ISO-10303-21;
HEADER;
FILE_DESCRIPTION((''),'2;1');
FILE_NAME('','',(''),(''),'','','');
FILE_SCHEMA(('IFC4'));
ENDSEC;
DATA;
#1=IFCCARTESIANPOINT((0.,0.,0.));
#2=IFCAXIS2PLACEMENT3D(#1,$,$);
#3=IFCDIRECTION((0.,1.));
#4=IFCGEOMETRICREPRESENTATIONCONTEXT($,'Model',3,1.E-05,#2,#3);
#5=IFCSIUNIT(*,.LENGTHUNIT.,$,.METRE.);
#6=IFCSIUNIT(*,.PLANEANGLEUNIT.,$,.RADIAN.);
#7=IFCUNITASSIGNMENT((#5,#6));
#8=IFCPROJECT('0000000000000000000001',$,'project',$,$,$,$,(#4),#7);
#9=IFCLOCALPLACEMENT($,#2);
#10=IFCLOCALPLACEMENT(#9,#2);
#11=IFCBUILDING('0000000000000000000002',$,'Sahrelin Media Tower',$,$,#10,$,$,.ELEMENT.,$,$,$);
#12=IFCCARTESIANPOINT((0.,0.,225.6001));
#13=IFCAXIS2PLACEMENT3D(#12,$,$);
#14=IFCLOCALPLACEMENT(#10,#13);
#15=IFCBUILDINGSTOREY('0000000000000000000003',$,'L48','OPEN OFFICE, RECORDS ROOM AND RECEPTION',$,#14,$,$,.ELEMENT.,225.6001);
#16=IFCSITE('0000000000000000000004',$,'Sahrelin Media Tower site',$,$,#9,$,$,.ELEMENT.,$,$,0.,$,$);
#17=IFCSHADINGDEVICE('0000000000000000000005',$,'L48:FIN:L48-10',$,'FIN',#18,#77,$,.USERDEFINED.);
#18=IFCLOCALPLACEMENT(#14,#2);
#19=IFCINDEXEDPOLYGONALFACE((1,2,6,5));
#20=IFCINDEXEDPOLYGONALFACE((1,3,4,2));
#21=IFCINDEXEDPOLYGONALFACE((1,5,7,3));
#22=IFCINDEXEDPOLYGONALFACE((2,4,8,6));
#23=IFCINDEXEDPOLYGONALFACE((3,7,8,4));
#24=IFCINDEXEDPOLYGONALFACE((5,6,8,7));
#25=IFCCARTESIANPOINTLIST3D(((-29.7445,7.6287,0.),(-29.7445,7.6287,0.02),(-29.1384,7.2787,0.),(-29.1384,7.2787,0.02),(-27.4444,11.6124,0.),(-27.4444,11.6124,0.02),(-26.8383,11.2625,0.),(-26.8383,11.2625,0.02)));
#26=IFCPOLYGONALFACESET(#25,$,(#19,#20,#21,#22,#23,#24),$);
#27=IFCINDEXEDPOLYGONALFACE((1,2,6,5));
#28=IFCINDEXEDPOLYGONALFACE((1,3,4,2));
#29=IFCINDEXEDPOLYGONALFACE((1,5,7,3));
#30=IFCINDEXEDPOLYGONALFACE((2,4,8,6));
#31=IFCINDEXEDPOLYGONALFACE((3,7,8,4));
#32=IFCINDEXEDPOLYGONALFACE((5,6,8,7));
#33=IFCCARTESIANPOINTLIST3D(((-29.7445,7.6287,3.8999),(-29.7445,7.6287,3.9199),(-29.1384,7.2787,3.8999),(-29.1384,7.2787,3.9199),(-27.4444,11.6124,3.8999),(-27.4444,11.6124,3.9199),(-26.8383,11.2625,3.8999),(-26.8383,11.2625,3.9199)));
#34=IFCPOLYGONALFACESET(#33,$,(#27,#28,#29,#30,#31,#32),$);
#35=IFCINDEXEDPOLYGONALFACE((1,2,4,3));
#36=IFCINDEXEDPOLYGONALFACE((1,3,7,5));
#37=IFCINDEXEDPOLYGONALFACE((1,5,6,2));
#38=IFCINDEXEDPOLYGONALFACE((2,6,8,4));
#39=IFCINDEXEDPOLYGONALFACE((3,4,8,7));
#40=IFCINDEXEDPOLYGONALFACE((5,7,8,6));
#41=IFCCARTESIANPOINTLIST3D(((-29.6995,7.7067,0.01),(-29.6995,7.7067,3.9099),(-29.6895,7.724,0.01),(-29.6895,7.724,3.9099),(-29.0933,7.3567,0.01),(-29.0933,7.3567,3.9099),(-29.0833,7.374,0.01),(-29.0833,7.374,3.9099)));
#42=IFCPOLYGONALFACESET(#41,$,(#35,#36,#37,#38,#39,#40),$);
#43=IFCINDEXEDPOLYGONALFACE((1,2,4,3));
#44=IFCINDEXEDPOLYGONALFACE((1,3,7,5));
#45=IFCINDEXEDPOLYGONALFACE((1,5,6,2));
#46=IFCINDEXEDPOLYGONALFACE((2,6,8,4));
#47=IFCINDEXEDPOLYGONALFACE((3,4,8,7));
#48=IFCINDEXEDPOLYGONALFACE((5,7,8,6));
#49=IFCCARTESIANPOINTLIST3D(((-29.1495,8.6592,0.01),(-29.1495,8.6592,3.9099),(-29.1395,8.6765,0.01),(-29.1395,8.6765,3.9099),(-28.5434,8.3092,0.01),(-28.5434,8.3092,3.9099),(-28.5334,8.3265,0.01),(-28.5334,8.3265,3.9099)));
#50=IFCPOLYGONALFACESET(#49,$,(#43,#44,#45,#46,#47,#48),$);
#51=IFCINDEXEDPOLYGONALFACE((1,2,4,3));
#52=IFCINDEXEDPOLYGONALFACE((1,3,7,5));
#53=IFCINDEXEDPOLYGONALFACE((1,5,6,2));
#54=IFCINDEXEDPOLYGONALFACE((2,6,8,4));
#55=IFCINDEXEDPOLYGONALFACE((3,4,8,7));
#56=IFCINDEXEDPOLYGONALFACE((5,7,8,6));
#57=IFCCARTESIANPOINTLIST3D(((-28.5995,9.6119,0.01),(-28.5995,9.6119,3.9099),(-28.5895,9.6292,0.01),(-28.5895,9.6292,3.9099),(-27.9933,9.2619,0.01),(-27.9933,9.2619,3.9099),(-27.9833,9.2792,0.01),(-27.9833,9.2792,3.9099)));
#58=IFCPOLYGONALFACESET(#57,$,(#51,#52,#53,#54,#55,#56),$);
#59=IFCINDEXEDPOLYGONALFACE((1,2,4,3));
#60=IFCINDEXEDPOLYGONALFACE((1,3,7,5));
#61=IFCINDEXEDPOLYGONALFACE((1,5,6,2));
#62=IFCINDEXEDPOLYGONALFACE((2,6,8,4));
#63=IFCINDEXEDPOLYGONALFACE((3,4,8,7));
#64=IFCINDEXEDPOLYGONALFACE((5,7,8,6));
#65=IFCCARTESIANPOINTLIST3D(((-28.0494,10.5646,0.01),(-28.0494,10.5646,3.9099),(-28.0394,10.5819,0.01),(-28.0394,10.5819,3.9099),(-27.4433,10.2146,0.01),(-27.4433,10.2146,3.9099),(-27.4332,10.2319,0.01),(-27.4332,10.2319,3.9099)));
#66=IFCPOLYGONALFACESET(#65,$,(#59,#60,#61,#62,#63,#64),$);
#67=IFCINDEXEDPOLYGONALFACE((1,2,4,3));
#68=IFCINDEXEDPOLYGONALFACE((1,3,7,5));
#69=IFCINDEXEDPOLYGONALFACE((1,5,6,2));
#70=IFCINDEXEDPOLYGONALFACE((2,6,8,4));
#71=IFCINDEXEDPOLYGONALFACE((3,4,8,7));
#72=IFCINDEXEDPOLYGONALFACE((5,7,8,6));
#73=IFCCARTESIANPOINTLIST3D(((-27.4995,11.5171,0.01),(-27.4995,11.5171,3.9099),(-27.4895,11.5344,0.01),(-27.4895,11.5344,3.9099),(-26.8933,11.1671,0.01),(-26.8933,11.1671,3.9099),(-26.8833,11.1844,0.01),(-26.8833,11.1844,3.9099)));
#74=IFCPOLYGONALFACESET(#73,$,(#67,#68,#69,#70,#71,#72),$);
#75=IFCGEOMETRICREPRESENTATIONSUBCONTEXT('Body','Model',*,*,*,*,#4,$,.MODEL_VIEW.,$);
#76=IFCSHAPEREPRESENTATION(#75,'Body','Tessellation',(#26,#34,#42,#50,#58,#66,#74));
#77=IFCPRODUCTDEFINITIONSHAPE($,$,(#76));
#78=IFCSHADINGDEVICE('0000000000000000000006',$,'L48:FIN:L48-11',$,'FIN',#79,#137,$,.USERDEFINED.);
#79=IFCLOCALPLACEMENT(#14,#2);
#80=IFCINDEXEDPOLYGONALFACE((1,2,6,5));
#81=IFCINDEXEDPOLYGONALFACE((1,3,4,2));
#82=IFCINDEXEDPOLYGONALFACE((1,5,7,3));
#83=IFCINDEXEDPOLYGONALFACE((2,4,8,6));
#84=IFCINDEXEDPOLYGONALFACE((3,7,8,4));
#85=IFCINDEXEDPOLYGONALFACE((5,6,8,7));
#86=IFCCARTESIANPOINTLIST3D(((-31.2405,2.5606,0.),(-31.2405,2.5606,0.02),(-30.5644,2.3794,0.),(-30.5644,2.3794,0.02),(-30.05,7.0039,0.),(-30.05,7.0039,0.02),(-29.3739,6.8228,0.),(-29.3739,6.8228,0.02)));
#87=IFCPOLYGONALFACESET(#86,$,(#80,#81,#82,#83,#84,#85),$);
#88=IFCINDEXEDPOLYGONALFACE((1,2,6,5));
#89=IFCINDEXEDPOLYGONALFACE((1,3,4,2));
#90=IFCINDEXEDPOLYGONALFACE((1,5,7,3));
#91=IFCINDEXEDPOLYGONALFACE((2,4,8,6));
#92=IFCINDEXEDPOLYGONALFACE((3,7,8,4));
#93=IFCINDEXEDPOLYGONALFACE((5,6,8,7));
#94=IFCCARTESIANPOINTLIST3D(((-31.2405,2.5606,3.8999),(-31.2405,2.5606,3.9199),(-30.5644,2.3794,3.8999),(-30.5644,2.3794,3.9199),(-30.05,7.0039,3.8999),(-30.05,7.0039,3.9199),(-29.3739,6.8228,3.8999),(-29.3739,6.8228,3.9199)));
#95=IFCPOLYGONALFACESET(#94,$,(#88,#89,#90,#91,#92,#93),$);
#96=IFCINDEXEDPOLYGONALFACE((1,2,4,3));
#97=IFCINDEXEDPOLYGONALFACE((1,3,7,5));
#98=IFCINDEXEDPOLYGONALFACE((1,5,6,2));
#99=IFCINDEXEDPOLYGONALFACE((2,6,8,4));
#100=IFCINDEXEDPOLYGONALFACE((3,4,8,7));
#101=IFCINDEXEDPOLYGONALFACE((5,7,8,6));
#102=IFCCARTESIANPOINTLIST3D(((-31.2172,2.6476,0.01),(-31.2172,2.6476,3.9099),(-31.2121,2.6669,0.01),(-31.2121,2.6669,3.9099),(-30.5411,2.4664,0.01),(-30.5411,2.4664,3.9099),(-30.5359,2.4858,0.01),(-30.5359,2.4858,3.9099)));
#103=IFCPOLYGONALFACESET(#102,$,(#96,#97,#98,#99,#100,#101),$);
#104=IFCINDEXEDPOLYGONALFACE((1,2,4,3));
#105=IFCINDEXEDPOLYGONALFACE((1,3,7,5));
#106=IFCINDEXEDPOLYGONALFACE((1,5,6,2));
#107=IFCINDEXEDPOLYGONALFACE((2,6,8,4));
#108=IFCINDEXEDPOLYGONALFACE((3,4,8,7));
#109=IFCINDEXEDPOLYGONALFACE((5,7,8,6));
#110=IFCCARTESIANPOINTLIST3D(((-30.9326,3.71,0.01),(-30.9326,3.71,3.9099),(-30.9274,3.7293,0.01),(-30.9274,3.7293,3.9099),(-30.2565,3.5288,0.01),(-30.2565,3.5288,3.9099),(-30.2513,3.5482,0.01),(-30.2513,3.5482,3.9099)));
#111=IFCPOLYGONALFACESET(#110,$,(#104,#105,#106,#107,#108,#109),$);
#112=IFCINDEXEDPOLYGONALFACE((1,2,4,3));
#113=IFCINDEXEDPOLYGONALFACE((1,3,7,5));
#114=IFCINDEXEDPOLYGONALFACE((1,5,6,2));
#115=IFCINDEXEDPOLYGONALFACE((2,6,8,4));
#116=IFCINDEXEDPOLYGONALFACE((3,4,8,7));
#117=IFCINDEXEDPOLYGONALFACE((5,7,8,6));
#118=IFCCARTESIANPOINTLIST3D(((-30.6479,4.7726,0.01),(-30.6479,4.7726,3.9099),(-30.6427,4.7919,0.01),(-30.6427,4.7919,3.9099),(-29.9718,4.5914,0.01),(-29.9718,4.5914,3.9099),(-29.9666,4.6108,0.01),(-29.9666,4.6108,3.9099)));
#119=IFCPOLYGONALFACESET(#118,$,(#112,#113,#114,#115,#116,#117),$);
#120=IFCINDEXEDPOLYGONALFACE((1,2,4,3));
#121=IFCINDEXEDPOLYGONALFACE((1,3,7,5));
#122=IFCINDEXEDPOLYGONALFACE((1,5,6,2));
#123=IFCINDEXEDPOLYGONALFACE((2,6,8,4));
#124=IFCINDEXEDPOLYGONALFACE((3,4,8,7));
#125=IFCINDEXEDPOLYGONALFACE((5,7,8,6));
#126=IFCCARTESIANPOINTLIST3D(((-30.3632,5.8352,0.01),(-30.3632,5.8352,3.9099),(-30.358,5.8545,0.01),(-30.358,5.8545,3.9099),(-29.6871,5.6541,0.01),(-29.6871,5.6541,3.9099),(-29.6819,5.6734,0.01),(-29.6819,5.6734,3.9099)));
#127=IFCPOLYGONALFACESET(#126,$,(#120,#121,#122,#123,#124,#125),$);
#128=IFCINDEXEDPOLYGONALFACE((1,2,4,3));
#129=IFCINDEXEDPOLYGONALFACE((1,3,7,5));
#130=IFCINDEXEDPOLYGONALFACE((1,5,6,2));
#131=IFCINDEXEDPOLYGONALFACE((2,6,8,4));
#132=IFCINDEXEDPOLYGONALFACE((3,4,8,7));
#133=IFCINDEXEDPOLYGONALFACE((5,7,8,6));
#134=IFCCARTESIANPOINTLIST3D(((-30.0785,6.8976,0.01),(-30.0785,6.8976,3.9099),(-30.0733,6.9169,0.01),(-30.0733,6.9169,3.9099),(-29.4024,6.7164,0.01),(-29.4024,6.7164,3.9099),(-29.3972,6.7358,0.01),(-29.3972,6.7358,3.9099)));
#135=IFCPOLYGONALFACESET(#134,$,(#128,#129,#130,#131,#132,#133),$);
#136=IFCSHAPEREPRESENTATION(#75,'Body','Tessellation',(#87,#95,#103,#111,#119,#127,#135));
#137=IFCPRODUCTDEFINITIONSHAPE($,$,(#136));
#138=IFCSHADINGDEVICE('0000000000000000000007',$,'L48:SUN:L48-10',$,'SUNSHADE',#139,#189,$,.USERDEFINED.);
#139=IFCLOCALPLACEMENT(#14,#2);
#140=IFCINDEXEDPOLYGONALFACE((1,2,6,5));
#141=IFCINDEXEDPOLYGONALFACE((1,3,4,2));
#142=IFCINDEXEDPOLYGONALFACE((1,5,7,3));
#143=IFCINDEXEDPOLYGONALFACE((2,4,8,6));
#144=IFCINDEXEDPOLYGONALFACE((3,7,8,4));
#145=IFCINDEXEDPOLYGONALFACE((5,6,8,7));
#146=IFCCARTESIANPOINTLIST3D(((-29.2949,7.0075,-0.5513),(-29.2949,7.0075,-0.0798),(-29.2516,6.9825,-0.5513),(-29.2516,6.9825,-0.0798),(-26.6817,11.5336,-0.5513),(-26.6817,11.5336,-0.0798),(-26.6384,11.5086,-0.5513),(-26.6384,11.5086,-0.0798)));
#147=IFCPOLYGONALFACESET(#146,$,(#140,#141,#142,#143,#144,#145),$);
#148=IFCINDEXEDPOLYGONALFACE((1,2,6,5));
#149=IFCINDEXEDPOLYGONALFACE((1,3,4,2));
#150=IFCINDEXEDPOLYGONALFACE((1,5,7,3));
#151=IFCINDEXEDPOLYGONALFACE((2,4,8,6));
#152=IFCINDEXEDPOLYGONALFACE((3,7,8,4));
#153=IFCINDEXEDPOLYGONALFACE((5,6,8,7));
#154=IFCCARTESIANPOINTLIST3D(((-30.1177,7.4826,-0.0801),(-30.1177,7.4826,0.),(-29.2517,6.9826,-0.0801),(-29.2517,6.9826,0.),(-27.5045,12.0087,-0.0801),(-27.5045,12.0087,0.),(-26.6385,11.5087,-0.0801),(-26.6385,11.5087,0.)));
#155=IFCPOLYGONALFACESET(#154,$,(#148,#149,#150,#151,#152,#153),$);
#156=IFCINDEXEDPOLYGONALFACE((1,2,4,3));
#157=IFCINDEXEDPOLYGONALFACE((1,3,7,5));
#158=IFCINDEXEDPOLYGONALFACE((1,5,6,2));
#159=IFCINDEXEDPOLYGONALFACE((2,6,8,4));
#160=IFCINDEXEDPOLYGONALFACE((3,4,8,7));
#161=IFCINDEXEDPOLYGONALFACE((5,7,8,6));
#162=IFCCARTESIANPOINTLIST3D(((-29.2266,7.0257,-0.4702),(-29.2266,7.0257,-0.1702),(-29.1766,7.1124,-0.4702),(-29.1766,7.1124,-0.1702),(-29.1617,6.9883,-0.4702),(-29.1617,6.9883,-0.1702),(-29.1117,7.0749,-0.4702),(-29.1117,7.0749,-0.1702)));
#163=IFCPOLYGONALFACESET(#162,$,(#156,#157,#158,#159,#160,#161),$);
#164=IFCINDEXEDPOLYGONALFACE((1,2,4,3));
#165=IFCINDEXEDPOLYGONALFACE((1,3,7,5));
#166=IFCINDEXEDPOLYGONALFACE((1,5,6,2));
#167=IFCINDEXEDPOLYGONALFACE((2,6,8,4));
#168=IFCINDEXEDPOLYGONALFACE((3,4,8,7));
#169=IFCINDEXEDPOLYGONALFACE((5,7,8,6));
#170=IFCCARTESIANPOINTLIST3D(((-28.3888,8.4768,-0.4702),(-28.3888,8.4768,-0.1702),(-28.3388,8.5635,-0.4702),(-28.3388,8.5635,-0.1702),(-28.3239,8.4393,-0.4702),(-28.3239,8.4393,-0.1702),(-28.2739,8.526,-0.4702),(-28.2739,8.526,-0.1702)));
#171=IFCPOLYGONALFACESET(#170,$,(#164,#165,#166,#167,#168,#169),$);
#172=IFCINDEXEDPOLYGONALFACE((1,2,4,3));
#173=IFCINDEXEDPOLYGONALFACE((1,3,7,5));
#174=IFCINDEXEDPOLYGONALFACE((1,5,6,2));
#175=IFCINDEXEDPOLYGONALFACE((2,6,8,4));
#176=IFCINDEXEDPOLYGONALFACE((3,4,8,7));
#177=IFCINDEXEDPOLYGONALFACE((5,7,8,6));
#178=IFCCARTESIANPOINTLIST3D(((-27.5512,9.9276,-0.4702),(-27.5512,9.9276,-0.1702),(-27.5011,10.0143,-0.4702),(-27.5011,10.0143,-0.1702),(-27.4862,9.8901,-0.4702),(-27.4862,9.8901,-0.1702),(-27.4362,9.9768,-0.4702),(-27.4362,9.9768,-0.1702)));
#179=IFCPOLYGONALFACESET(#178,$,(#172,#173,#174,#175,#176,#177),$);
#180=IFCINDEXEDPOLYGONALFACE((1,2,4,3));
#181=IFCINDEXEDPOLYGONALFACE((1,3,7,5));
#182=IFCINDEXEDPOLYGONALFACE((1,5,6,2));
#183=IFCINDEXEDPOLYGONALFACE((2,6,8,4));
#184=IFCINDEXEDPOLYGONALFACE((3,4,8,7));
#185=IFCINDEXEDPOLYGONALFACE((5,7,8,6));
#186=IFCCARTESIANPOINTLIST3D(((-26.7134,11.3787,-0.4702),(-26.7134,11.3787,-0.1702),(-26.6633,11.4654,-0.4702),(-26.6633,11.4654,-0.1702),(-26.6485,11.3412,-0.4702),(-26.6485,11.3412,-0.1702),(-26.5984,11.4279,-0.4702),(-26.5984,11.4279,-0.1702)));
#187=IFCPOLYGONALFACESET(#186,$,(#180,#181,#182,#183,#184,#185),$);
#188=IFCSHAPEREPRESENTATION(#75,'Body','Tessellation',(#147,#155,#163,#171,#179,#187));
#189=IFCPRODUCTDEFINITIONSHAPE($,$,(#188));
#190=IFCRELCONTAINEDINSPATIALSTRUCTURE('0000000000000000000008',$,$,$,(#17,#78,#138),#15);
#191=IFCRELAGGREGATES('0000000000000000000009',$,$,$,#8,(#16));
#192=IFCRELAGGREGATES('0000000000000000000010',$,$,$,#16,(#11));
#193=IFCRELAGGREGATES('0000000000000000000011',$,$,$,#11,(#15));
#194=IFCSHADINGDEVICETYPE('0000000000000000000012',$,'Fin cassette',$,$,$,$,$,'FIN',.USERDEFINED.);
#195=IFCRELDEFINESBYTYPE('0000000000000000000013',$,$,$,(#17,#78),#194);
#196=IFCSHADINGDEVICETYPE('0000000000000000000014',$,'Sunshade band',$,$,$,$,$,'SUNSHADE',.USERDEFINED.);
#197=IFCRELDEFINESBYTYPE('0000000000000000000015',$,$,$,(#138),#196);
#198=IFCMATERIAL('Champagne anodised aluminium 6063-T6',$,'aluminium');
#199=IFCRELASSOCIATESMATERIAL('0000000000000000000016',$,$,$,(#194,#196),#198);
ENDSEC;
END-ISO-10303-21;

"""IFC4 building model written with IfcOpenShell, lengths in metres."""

from ifc_helpers import new_model, si_unit, direction, frame, origin, origin_2d, place, context, subcontext, project, spatial, rectangle, extrude, material, type_object, element, save


model = new_model("IFC4")

# Units and contexts
model_context = context("Model", 3, precision=1e-05, world=origin(), true_north=direction((0.0, 1.0)))
body_context = subcontext(model_context, "Body", "Model", "MODEL_VIEW")
ifc_project = project(units=[si_unit("LENGTHUNIT", "METRE"), si_unit("PLANEANGLEUNIT", "RADIAN")], contexts=[model_context])

# Site, building, storey
site_placement = place(None, origin())
site = spatial("IfcSite", under=ifc_project, at=site_placement, Name="Sahrelin Media Tower site", CompositionType="ELEMENT", RefElevation=0.0)
building_placement = place(site_placement, origin())
building = spatial("IfcBuilding", under=site, at=building_placement, Name="Sahrelin Media Tower", CompositionType="ELEMENT")
storey_placement = place(building_placement, frame((0.0, 0.0, 225.6001)))
storey = spatial("IfcBuildingStorey", under=building, at=storey_placement, Name="L48", Description="OPEN OFFICE, RECORDS ROOM AND RECEPTION", CompositionType="ELEMENT", Elevation=225.6001)

# Shared definitions
ifc_material_1 = material(Name="Champagne anodised aluminium 6063-T6", Category="aluminium")

# Shading devices
shading_device_type_1 = type_object("IfcShadingDeviceType", Name="Fin cassette", ElementType="FIN", PredefinedType="USERDEFINED", material=ifc_material_1)
placement_1 = place(storey_placement, frame((-27.9277, 9.2356, 0.0), z_axis=(0.0, 0.0, 1.0), x_axis=(0.500011, 0.866019, 0.0)))
element("IfcShadingDevice", 1, at=placement_1, inside=storey, type_object=shading_device_type_1, Name="L48:FIN:L48-10", ObjectType="FIN", PredefinedType="USERDEFINED", context=body_context, shape_type="SweptSolid", body=[
    extrude(rectangle(XDim=4.6001, YDim=0.7, at=origin_2d()), frame((0.0, 0.4199, 0.0)), (0.0, 0.0, 1.0), 0.02),
    extrude(rectangle(XDim=4.6001, YDim=0.7, at=origin_2d()), frame((0.0, 0.4199, 3.8999)), (0.0, 0.0, 1.0), 0.02),
    extrude(rectangle(XDim=0.02, YDim=0.7, at=origin_2d()), frame((-2.2, 0.4199, 0.01), z_axis=(0.0, 0.0, 1.0), x_axis=(1.0, 0.0, 0.0)), (0.0, 0.0, 1.0), 3.8999),
    extrude(rectangle(XDim=0.02, YDim=0.7, at=origin_2d()), frame((-1.1001, 0.4199, 0.01), z_axis=(0.0, 0.0, 1.0), x_axis=(1.0, 0.0, 0.0)), (0.0, 0.0, 1.0), 3.8999),
    extrude(rectangle(XDim=0.02, YDim=0.7, at=origin_2d()), frame((0.0, 0.4199, 0.01), z_axis=(0.0, 0.0, 1.0), x_axis=(1.0, 0.0, 0.0)), (0.0, 0.0, 1.0), 3.8999),
    extrude(rectangle(XDim=0.02, YDim=0.7, at=origin_2d()), frame((1.1001, 0.4199, 0.01), z_axis=(0.0, 0.0, 1.0), x_axis=(1.0, 0.0, 0.0)), (0.0, 0.0, 1.0), 3.8999),
    extrude(rectangle(XDim=0.02, YDim=0.7, at=origin_2d()), frame((2.2, 0.4199, 0.01), z_axis=(0.0, 0.0, 1.0), x_axis=(1.0, 0.0, 0.0)), (0.0, 0.0, 1.0), 3.8999),
])
placement_2 = place(storey_placement, frame((-29.9016, 4.583, 0.0), z_axis=(0.0, 0.0, 1.0), x_axis=(0.258808, 0.965929, 0.0)))
element("IfcShadingDevice", 2, at=placement_2, inside=storey, type_object=shading_device_type_1, Name="L48:FIN:L48-11", ObjectType="FIN", PredefinedType="USERDEFINED", context=body_context, shape_type="SweptSolid", body=[
    extrude(rectangle(XDim=4.6001, YDim=0.7, at=origin_2d()), frame((0.0, 0.4199, 0.0)), (0.0, 0.0, 1.0), 0.02),
    extrude(rectangle(XDim=4.6001, YDim=0.7, at=origin_2d()), frame((0.0, 0.4199, 3.8999)), (0.0, 0.0, 1.0), 0.02),
    extrude(rectangle(XDim=0.02, YDim=0.7, at=origin_2d()), frame((-2.2, 0.4199, 0.01), z_axis=(0.0, 0.0, 1.0), x_axis=(1.0, 0.0, 0.0)), (0.0, 0.0, 1.0), 3.8999),
    extrude(rectangle(XDim=0.02, YDim=0.7, at=origin_2d()), frame((-1.1001, 0.4199, 0.01), z_axis=(0.0, 0.0, 1.0), x_axis=(1.0, 0.0, 0.0)), (0.0, 0.0, 1.0), 3.8999),
    extrude(rectangle(XDim=0.02, YDim=0.7, at=origin_2d()), frame((0.0, 0.4199, 0.01), z_axis=(0.0, 0.0, 1.0), x_axis=(1.0, 0.0, 0.0)), (0.0, 0.0, 1.0), 3.8999),
    extrude(rectangle(XDim=0.02, YDim=0.7, at=origin_2d()), frame((1.1001, 0.4199, 0.01), z_axis=(0.0, 0.0, 1.0), x_axis=(1.0, 0.0, 0.0)), (0.0, 0.0, 1.0), 3.8999),
    extrude(rectangle(XDim=0.02, YDim=0.7, at=origin_2d()), frame((2.2, 0.4199, 0.01), z_axis=(0.0, 0.0, 1.0), x_axis=(1.0, 0.0, 0.0)), (0.0, 0.0, 1.0), 3.8999),
])

# Shading device
shading_device_type_2 = type_object("IfcShadingDeviceType", Name="Sunshade band", ElementType="SUNSHADE", PredefinedType="USERDEFINED", material=ifc_material_1)
element("IfcShadingDevice", 3, at=placement_1, inside=storey, type_object=shading_device_type_2, Name="L48:SUN:L48-10", ObjectType="SUNSHADE", PredefinedType="USERDEFINED", context=body_context, shape_type="SweptSolid", body=[
    extrude(rectangle(XDim=5.2263, YDim=0.05, at=origin_2d()), frame((0.0, 0.0449, -0.5513)), (0.0, 0.0, 1.0), 0.4714),
    extrude(rectangle(XDim=5.2263, YDim=1.0, at=origin_2d()), frame((0.0, 0.52, -0.0801)), (0.0, 0.0, 1.0), 0.0801),
    extrude(rectangle(XDim=0.1001, YDim=0.075, at=origin_2d()), frame((-2.5132, -0.0176, -0.4702)), (0.0, 0.0, 1.0), 0.3),
    extrude(rectangle(XDim=0.1001, YDim=0.075, at=origin_2d()), frame((-0.8376, -0.0176, -0.4702)), (0.0, 0.0, 1.0), 0.3),
    extrude(rectangle(XDim=0.1001, YDim=0.075, at=origin_2d()), frame((0.8376, -0.0176, -0.4702)), (0.0, 0.0, 1.0), 0.3),
    extrude(rectangle(XDim=0.1001, YDim=0.075, at=origin_2d()), frame((2.5132, -0.0176, -0.4702)), (0.0, 0.0, 1.0), 0.3),
])

save(model, "model.ifc")
